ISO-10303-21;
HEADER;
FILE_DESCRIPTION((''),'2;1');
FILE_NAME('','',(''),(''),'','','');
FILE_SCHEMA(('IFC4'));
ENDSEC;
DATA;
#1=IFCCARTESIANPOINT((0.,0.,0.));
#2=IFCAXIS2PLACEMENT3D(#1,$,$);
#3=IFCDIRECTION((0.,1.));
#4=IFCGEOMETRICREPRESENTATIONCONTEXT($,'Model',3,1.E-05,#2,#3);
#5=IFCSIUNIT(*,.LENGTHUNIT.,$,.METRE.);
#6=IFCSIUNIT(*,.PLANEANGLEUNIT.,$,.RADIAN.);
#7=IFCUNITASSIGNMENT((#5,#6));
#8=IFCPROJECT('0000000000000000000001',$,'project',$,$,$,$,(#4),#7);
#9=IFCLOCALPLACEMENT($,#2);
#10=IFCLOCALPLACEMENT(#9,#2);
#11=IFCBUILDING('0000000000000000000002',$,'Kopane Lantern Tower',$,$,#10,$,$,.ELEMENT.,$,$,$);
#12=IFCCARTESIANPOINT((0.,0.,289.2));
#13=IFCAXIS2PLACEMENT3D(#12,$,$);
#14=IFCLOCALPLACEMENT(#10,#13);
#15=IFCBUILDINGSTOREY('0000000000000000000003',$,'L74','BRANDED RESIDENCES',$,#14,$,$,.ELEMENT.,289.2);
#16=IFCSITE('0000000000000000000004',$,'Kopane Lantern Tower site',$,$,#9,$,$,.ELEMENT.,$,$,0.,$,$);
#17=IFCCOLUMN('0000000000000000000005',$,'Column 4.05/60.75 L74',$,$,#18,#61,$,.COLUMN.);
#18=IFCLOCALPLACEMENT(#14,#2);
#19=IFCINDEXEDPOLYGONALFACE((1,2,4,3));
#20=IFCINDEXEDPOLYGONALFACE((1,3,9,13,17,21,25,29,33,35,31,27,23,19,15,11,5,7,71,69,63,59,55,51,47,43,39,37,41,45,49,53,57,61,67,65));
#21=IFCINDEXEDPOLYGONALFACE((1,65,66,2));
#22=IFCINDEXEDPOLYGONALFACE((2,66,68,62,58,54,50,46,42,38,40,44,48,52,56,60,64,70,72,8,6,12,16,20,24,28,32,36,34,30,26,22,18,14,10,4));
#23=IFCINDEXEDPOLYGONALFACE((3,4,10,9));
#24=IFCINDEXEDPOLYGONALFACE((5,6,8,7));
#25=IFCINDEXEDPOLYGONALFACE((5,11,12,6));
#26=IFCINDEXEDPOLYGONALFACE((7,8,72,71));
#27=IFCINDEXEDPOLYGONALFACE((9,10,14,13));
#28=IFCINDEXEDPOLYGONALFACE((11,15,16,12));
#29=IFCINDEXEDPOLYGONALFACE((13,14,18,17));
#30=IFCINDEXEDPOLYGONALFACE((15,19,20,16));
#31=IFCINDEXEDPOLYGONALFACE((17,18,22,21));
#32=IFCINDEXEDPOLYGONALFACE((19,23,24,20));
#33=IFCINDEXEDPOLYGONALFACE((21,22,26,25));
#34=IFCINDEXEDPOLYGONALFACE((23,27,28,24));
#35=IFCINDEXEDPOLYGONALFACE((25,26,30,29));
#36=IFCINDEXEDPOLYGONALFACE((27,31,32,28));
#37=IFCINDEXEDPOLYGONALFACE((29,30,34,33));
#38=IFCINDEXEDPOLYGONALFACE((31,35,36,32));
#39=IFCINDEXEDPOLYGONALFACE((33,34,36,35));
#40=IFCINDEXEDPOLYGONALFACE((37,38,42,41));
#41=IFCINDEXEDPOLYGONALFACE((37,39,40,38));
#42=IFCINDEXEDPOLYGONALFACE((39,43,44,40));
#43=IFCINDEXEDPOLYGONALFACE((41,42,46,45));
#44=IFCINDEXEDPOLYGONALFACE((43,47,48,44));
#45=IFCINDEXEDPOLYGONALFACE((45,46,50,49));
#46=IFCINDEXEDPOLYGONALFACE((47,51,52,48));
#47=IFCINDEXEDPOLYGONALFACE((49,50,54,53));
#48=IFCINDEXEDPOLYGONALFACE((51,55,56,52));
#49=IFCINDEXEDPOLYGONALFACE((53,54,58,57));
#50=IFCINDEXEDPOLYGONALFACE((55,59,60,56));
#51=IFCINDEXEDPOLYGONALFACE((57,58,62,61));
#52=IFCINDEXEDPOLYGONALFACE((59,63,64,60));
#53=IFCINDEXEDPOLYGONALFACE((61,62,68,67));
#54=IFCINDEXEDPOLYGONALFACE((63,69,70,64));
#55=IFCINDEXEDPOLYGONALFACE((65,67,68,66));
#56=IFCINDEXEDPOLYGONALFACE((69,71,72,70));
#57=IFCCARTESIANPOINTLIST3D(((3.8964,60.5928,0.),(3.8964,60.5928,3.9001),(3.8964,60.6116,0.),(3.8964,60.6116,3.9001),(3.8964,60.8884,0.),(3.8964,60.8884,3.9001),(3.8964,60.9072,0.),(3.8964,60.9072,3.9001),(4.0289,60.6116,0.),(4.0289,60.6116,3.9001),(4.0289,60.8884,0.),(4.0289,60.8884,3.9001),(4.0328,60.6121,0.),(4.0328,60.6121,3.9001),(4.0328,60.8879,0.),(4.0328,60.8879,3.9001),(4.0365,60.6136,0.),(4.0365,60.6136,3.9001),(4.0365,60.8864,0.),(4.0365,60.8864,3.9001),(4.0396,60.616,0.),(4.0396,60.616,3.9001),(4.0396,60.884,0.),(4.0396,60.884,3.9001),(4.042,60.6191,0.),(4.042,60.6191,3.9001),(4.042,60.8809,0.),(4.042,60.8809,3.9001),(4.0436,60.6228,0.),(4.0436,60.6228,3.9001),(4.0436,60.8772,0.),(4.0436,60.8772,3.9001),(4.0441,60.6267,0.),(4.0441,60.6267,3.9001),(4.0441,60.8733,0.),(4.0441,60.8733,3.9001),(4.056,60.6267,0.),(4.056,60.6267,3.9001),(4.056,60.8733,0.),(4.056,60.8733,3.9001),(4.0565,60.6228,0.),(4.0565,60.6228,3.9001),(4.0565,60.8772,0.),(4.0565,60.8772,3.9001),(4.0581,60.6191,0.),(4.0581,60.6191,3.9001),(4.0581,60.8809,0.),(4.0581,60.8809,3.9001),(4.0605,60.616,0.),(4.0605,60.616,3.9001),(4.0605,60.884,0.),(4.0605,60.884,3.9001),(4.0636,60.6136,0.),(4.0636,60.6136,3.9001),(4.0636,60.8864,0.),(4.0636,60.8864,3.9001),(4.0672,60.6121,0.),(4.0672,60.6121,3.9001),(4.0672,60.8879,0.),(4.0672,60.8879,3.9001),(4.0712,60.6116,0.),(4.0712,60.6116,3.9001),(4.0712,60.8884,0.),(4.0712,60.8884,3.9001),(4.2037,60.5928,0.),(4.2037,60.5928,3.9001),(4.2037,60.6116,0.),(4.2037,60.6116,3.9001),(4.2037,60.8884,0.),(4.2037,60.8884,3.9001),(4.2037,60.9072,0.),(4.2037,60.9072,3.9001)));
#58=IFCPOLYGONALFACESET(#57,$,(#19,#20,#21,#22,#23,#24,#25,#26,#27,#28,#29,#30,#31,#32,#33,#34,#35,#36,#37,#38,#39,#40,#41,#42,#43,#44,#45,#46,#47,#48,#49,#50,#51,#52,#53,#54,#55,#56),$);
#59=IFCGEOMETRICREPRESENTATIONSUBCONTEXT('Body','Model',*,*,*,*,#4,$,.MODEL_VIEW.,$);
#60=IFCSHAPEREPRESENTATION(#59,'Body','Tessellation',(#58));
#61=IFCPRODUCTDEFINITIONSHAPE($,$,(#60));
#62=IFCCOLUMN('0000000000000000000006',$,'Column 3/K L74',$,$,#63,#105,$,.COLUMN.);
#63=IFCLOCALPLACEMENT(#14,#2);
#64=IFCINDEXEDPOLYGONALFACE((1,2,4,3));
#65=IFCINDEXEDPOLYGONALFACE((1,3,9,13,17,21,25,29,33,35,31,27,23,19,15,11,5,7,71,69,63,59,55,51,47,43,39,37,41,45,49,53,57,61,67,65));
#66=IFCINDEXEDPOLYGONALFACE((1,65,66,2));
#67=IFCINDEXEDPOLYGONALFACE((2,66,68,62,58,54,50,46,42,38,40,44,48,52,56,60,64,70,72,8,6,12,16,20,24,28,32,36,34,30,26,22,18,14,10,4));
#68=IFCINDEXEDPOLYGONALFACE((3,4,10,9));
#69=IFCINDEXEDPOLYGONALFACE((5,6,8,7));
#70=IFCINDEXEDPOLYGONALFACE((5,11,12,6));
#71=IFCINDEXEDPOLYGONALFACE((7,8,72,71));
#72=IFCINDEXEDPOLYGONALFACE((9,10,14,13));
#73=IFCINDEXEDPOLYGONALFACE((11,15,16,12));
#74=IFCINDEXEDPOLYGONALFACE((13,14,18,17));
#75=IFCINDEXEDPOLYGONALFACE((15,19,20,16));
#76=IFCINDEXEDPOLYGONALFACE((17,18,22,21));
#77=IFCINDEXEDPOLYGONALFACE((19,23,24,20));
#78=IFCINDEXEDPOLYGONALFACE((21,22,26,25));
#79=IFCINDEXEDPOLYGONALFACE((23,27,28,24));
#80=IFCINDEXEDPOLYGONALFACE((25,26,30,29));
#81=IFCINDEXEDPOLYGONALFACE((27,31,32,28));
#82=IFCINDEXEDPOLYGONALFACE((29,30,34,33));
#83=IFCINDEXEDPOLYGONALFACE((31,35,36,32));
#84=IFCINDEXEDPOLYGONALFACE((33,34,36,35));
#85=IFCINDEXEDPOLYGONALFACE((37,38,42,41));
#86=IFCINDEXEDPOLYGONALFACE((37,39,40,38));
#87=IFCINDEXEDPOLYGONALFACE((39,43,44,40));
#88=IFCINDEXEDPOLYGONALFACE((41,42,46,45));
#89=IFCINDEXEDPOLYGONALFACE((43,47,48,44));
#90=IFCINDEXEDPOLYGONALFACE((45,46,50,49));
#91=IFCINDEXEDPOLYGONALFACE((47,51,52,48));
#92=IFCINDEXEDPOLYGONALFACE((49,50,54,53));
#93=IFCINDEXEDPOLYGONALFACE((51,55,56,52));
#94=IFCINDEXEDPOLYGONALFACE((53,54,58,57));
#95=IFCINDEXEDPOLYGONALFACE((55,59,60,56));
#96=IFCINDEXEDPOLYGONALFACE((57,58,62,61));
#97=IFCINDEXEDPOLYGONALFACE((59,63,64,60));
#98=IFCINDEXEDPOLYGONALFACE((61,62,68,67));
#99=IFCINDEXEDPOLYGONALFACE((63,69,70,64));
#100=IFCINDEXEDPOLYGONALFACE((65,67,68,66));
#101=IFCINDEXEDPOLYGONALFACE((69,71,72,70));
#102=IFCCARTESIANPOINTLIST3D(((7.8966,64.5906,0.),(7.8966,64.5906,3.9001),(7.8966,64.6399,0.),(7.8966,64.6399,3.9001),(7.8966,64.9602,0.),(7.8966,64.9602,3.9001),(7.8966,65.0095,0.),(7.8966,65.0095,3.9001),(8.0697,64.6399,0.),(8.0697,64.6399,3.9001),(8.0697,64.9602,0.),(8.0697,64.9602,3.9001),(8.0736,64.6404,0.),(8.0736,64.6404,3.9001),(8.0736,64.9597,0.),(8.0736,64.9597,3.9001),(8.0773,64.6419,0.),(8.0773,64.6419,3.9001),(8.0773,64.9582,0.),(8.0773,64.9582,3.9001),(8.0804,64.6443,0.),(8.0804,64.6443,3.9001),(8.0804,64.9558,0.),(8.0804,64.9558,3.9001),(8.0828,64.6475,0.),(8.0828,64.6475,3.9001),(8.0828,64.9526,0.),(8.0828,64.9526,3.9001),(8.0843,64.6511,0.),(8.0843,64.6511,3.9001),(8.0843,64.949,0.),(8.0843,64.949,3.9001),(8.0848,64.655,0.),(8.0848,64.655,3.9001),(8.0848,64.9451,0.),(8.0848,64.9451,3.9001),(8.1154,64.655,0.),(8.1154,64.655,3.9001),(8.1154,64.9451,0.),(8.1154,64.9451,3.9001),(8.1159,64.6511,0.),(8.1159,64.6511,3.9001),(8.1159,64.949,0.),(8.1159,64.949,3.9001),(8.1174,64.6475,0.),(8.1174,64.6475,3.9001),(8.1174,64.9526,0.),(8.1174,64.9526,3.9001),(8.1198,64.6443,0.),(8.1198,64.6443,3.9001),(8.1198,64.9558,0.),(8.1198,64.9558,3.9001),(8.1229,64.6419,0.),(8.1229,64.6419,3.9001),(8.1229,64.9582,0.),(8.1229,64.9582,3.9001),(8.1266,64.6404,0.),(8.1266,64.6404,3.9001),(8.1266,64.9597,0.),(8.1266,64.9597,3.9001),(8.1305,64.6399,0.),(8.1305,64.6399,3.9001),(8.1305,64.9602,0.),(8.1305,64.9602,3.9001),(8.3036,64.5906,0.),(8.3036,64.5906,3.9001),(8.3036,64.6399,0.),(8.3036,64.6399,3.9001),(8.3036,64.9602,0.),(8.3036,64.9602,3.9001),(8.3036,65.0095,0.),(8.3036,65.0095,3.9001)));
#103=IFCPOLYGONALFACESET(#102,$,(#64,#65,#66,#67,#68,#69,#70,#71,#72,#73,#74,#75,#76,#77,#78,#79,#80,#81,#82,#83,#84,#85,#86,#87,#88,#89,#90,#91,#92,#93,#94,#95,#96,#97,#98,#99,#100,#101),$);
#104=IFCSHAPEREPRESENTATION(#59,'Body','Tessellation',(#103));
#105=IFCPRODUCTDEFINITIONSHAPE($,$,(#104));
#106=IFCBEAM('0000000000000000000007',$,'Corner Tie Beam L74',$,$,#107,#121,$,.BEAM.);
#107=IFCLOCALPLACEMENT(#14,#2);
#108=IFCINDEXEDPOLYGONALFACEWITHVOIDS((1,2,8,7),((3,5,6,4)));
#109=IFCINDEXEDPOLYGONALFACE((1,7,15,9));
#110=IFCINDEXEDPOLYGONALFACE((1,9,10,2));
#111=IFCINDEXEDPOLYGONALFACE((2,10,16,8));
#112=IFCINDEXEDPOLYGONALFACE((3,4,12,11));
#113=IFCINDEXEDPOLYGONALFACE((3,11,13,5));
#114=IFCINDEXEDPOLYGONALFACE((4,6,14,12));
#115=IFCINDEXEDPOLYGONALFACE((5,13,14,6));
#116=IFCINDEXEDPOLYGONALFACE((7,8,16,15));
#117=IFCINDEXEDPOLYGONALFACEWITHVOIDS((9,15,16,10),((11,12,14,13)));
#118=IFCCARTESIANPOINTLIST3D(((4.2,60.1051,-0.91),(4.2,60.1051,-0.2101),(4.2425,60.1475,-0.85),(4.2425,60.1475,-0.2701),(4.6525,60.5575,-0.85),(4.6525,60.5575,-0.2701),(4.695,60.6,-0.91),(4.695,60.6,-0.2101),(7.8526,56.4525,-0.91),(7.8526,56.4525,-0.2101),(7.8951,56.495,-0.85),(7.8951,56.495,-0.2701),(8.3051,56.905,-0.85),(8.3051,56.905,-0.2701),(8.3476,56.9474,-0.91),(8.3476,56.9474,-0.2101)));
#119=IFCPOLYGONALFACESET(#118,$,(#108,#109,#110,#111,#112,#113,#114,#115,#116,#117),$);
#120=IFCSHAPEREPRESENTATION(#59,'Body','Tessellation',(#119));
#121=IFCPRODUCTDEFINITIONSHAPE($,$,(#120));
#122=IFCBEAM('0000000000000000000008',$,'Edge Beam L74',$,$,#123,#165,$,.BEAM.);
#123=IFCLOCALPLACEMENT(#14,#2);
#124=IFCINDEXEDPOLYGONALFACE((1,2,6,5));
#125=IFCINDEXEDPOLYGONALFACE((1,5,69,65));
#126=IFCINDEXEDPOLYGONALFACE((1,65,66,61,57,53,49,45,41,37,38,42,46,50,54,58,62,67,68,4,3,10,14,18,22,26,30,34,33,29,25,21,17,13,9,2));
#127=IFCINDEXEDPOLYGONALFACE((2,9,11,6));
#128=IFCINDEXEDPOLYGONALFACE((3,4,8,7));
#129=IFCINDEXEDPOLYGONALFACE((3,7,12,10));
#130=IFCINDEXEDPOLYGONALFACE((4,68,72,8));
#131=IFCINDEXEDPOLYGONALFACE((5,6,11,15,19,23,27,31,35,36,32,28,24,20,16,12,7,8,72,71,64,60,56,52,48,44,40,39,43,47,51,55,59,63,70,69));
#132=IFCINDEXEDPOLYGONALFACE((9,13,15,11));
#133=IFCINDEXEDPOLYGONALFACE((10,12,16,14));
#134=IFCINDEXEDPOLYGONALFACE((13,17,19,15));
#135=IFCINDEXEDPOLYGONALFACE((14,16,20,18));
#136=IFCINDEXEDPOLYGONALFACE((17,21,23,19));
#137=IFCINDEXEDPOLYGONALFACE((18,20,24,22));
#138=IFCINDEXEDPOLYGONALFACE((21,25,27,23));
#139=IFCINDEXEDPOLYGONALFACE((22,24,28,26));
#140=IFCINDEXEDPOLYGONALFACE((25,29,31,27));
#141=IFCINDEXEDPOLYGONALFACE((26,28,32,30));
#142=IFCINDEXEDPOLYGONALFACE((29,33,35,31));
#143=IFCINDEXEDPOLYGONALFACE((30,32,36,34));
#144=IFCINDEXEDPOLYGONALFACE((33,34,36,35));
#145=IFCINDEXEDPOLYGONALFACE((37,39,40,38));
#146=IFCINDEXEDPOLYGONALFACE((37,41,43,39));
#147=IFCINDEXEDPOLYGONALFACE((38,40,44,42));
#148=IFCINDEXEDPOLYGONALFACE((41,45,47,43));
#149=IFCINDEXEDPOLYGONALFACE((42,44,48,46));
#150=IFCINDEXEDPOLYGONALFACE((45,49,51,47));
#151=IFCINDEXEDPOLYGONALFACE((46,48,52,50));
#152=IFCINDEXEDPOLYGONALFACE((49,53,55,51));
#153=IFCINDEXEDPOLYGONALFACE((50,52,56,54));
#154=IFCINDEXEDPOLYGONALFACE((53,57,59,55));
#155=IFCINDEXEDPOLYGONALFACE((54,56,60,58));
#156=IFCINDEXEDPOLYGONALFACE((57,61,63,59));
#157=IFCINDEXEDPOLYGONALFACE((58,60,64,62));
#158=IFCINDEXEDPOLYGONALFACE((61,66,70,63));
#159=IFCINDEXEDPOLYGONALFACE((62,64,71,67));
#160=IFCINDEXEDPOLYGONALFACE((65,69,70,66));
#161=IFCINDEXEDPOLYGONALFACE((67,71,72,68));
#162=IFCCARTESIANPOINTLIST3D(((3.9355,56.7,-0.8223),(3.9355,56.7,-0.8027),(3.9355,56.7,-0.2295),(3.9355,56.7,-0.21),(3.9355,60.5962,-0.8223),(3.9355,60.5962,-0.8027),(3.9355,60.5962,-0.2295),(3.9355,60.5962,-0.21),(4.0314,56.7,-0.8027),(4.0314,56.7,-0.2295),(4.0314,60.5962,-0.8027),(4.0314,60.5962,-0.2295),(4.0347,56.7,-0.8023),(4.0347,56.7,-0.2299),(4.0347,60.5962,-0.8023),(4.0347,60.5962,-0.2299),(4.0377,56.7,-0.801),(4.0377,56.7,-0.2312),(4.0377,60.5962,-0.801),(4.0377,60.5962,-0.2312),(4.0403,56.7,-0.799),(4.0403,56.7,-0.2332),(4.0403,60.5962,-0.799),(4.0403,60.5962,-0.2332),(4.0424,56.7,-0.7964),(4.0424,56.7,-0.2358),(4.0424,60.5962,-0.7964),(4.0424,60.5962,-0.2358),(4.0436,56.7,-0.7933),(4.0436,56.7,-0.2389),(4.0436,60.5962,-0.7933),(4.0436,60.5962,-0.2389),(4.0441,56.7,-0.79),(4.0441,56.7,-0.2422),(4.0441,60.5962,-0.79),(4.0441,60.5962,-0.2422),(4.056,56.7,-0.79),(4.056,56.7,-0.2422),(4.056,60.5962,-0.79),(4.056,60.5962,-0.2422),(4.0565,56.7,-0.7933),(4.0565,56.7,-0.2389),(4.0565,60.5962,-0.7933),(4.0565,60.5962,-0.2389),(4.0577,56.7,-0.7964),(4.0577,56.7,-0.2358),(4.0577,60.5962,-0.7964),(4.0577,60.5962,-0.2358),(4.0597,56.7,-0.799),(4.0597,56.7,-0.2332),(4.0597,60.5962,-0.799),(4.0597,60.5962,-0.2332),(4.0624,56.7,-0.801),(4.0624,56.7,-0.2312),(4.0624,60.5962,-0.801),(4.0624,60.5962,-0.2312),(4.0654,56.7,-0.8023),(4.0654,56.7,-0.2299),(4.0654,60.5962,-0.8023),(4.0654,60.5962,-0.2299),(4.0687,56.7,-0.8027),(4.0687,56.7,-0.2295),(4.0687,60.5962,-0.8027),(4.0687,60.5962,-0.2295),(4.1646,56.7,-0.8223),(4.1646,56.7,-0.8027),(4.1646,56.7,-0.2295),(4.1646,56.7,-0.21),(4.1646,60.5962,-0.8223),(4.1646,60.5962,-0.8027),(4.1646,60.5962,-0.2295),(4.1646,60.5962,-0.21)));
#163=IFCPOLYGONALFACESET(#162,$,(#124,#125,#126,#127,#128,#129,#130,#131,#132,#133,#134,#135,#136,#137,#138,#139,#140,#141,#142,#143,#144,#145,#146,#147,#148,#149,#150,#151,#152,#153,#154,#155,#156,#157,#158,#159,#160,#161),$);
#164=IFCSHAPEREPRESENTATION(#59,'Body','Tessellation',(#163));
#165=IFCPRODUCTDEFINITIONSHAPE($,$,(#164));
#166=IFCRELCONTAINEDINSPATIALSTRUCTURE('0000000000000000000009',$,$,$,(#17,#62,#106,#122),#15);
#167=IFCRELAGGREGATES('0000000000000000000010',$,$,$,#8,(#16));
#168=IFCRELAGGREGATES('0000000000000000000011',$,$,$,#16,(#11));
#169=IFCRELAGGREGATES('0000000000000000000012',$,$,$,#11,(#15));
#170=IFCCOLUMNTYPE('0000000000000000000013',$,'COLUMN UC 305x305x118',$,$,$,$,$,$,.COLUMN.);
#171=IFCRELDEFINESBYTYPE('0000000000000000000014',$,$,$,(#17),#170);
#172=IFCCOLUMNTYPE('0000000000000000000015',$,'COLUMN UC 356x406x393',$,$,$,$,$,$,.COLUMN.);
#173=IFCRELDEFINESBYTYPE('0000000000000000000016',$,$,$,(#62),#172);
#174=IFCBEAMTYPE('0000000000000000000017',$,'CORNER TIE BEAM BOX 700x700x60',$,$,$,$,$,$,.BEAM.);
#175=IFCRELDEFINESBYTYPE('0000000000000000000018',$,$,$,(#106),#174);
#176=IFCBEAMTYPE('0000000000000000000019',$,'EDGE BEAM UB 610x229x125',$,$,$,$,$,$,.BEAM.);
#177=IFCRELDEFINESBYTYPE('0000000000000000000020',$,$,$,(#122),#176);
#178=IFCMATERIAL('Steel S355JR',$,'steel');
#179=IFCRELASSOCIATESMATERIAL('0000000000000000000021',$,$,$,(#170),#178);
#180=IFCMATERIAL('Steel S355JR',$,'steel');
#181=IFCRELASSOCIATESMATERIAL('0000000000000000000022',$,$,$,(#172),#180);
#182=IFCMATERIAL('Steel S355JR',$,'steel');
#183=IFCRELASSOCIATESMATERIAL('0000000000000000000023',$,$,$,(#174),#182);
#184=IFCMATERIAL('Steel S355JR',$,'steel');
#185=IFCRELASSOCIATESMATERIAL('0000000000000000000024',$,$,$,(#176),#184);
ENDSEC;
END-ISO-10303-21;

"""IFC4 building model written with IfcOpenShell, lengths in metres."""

from ifc_helpers import new_model, si_unit, direction, frame, origin, origin_2d, place, context, subcontext, project, spatial, hollow_rectangle, i_section, extrude, material, material_profile, profile_set, type_object, element, save


model = new_model("IFC4")

# Units and contexts
model_context = context("Model", 3, precision=1e-05, world=origin(), true_north=direction((0.0, 1.0)))
body_context = subcontext(model_context, "Body", "Model", "MODEL_VIEW")
ifc_project = project(units=[si_unit("LENGTHUNIT", "METRE"), si_unit("PLANEANGLEUNIT", "RADIAN")], contexts=[model_context])

# Site, building, storey
site_placement = place(None, origin())
site = spatial("IfcSite", under=ifc_project, at=site_placement, Name="Kopane Lantern Tower site", CompositionType="ELEMENT", RefElevation=0.0)
building_placement = place(site_placement, origin())
building = spatial("IfcBuilding", under=site, at=building_placement, Name="Kopane Lantern Tower", CompositionType="ELEMENT")
storey_placement = place(building_placement, frame((0.0, 0.0, 289.2)))
storey = spatial("IfcBuildingStorey", under=building, at=storey_placement, Name="L74", Description="BRANDED RESIDENCES", CompositionType="ELEMENT", Elevation=289.2)

# Columns
ifc_material_1 = material(Name="Steel S355JR", Category="steel")
ifc_material_profile_1 = material_profile(ifc_material_1, i_section(OverallWidth=0.3074, OverallDepth=0.3145, WebThickness=0.012, FlangeThickness=0.0188, FilletRadius=0.0151, at=origin_2d()), Name="UC 305x305x118")
ifc_profile_set_1 = profile_set([ifc_material_profile_1], Name="Steel S355JR")
column_type_1 = type_object("IfcColumnType", Name="COLUMN UC 305x305x118", PredefinedType="COLUMN", material=ifc_profile_set_1)
column_1_placement = place(storey_placement, frame((4.05, 60.75, 0.0), z_axis=(0.0, 0.0, 1.0), x_axis=(1.0, 0.0, 0.0)))
element("IfcColumn", 1, at=column_1_placement, inside=storey, type_object=column_type_1, Name="Column 4.05/60.75 L74", PredefinedType="COLUMN", context=body_context, shape_type="SweptSolid", body=[
    extrude(i_section(OverallWidth=0.3074, OverallDepth=0.3145, WebThickness=0.012, FlangeThickness=0.0188, FilletRadius=0.0151, at=origin_2d()), origin(), (0.0, 0.0, 1.0), 3.9001),
])
ifc_material_2 = material(Name="Steel S355JR", Category="steel")
ifc_material_profile_2 = material_profile(ifc_material_2, i_section(OverallWidth=0.407, OverallDepth=0.4189, WebThickness=0.0305, FlangeThickness=0.0493, FilletRadius=0.0151, at=origin_2d()), Name="UC 356x406x393")
ifc_profile_set_2 = profile_set([ifc_material_profile_2], Name="Steel S355JR")
column_type_2 = type_object("IfcColumnType", Name="COLUMN UC 356x406x393", PredefinedType="COLUMN", material=ifc_profile_set_2)
column_2_placement = place(storey_placement, frame((8.1001, 64.8, 0.0), z_axis=(0.0, 0.0, 1.0), x_axis=(1.0, 0.0, 0.0)))
element("IfcColumn", 2, at=column_2_placement, inside=storey, type_object=column_type_2, Name="Column 3/K L74", PredefinedType="COLUMN", context=body_context, shape_type="SweptSolid", body=[
    extrude(i_section(OverallWidth=0.407, OverallDepth=0.4189, WebThickness=0.0305, FlangeThickness=0.0493, FilletRadius=0.0151, at=origin_2d()), origin(), (0.0, 0.0, 1.0), 3.9001),
])

# Beams
ifc_material_3 = material(Name="Steel S355JR", Category="steel")
ifc_material_profile_3 = material_profile(ifc_material_3, hollow_rectangle(XDim=0.7, YDim=0.7, WallThickness=0.0601, at=origin_2d()), Name="BOX 700x700x60")
ifc_profile_set_3 = profile_set([ifc_material_profile_3], Name="Steel S355JR")
beam_type_1 = type_object("IfcBeamType", Name="CORNER TIE BEAM BOX 700x700x60", PredefinedType="BEAM", material=ifc_profile_set_3)
beam_1_placement = place(storey_placement, frame((4.4475, 60.3525, -0.5601), z_axis=(0.707107, -0.707107, 0.0), x_axis=(0.707107, 0.707107, 0.0)))
element("IfcBeam", 3, at=beam_1_placement, inside=storey, type_object=beam_type_1, Name="Corner Tie Beam L74", PredefinedType="BEAM", context=body_context, shape_type="SweptSolid", body=[
    extrude(hollow_rectangle(XDim=0.7, YDim=0.7, WallThickness=0.0601, at=origin_2d()), origin(), (0.0, 0.0, 1.0), 5.1655),
])
ifc_material_4 = material(Name="Steel S355JR", Category="steel")
ifc_material_profile_4 = material_profile(ifc_material_4, i_section(OverallWidth=0.229, OverallDepth=0.6123, WebThickness=0.012, FlangeThickness=0.0195, FilletRadius=0.0127, at=origin_2d()), Name="UB 610x229x125")
ifc_profile_set_4 = profile_set([ifc_material_profile_4], Name="Steel S355JR")
beam_type_2 = type_object("IfcBeamType", Name="EDGE BEAM UB 610x229x125", PredefinedType="BEAM", material=ifc_profile_set_4)
beam_2_placement = place(storey_placement, frame((4.05, 60.5962, -0.5161), z_axis=(0.0, -1.0, 0.0), x_axis=(1.0, 0.0, 0.0)))
element("IfcBeam", 4, at=beam_2_placement, inside=storey, type_object=beam_type_2, Name="Edge Beam L74", PredefinedType="BEAM", context=body_context, shape_type="SweptSolid", body=[
    extrude(i_section(OverallWidth=0.229, OverallDepth=0.6123, WebThickness=0.012, FlangeThickness=0.0195, FilletRadius=0.0127, at=origin_2d()), origin(), (0.0, 0.0, 1.0), 3.8962),
])

save(model, "model.ifc")
